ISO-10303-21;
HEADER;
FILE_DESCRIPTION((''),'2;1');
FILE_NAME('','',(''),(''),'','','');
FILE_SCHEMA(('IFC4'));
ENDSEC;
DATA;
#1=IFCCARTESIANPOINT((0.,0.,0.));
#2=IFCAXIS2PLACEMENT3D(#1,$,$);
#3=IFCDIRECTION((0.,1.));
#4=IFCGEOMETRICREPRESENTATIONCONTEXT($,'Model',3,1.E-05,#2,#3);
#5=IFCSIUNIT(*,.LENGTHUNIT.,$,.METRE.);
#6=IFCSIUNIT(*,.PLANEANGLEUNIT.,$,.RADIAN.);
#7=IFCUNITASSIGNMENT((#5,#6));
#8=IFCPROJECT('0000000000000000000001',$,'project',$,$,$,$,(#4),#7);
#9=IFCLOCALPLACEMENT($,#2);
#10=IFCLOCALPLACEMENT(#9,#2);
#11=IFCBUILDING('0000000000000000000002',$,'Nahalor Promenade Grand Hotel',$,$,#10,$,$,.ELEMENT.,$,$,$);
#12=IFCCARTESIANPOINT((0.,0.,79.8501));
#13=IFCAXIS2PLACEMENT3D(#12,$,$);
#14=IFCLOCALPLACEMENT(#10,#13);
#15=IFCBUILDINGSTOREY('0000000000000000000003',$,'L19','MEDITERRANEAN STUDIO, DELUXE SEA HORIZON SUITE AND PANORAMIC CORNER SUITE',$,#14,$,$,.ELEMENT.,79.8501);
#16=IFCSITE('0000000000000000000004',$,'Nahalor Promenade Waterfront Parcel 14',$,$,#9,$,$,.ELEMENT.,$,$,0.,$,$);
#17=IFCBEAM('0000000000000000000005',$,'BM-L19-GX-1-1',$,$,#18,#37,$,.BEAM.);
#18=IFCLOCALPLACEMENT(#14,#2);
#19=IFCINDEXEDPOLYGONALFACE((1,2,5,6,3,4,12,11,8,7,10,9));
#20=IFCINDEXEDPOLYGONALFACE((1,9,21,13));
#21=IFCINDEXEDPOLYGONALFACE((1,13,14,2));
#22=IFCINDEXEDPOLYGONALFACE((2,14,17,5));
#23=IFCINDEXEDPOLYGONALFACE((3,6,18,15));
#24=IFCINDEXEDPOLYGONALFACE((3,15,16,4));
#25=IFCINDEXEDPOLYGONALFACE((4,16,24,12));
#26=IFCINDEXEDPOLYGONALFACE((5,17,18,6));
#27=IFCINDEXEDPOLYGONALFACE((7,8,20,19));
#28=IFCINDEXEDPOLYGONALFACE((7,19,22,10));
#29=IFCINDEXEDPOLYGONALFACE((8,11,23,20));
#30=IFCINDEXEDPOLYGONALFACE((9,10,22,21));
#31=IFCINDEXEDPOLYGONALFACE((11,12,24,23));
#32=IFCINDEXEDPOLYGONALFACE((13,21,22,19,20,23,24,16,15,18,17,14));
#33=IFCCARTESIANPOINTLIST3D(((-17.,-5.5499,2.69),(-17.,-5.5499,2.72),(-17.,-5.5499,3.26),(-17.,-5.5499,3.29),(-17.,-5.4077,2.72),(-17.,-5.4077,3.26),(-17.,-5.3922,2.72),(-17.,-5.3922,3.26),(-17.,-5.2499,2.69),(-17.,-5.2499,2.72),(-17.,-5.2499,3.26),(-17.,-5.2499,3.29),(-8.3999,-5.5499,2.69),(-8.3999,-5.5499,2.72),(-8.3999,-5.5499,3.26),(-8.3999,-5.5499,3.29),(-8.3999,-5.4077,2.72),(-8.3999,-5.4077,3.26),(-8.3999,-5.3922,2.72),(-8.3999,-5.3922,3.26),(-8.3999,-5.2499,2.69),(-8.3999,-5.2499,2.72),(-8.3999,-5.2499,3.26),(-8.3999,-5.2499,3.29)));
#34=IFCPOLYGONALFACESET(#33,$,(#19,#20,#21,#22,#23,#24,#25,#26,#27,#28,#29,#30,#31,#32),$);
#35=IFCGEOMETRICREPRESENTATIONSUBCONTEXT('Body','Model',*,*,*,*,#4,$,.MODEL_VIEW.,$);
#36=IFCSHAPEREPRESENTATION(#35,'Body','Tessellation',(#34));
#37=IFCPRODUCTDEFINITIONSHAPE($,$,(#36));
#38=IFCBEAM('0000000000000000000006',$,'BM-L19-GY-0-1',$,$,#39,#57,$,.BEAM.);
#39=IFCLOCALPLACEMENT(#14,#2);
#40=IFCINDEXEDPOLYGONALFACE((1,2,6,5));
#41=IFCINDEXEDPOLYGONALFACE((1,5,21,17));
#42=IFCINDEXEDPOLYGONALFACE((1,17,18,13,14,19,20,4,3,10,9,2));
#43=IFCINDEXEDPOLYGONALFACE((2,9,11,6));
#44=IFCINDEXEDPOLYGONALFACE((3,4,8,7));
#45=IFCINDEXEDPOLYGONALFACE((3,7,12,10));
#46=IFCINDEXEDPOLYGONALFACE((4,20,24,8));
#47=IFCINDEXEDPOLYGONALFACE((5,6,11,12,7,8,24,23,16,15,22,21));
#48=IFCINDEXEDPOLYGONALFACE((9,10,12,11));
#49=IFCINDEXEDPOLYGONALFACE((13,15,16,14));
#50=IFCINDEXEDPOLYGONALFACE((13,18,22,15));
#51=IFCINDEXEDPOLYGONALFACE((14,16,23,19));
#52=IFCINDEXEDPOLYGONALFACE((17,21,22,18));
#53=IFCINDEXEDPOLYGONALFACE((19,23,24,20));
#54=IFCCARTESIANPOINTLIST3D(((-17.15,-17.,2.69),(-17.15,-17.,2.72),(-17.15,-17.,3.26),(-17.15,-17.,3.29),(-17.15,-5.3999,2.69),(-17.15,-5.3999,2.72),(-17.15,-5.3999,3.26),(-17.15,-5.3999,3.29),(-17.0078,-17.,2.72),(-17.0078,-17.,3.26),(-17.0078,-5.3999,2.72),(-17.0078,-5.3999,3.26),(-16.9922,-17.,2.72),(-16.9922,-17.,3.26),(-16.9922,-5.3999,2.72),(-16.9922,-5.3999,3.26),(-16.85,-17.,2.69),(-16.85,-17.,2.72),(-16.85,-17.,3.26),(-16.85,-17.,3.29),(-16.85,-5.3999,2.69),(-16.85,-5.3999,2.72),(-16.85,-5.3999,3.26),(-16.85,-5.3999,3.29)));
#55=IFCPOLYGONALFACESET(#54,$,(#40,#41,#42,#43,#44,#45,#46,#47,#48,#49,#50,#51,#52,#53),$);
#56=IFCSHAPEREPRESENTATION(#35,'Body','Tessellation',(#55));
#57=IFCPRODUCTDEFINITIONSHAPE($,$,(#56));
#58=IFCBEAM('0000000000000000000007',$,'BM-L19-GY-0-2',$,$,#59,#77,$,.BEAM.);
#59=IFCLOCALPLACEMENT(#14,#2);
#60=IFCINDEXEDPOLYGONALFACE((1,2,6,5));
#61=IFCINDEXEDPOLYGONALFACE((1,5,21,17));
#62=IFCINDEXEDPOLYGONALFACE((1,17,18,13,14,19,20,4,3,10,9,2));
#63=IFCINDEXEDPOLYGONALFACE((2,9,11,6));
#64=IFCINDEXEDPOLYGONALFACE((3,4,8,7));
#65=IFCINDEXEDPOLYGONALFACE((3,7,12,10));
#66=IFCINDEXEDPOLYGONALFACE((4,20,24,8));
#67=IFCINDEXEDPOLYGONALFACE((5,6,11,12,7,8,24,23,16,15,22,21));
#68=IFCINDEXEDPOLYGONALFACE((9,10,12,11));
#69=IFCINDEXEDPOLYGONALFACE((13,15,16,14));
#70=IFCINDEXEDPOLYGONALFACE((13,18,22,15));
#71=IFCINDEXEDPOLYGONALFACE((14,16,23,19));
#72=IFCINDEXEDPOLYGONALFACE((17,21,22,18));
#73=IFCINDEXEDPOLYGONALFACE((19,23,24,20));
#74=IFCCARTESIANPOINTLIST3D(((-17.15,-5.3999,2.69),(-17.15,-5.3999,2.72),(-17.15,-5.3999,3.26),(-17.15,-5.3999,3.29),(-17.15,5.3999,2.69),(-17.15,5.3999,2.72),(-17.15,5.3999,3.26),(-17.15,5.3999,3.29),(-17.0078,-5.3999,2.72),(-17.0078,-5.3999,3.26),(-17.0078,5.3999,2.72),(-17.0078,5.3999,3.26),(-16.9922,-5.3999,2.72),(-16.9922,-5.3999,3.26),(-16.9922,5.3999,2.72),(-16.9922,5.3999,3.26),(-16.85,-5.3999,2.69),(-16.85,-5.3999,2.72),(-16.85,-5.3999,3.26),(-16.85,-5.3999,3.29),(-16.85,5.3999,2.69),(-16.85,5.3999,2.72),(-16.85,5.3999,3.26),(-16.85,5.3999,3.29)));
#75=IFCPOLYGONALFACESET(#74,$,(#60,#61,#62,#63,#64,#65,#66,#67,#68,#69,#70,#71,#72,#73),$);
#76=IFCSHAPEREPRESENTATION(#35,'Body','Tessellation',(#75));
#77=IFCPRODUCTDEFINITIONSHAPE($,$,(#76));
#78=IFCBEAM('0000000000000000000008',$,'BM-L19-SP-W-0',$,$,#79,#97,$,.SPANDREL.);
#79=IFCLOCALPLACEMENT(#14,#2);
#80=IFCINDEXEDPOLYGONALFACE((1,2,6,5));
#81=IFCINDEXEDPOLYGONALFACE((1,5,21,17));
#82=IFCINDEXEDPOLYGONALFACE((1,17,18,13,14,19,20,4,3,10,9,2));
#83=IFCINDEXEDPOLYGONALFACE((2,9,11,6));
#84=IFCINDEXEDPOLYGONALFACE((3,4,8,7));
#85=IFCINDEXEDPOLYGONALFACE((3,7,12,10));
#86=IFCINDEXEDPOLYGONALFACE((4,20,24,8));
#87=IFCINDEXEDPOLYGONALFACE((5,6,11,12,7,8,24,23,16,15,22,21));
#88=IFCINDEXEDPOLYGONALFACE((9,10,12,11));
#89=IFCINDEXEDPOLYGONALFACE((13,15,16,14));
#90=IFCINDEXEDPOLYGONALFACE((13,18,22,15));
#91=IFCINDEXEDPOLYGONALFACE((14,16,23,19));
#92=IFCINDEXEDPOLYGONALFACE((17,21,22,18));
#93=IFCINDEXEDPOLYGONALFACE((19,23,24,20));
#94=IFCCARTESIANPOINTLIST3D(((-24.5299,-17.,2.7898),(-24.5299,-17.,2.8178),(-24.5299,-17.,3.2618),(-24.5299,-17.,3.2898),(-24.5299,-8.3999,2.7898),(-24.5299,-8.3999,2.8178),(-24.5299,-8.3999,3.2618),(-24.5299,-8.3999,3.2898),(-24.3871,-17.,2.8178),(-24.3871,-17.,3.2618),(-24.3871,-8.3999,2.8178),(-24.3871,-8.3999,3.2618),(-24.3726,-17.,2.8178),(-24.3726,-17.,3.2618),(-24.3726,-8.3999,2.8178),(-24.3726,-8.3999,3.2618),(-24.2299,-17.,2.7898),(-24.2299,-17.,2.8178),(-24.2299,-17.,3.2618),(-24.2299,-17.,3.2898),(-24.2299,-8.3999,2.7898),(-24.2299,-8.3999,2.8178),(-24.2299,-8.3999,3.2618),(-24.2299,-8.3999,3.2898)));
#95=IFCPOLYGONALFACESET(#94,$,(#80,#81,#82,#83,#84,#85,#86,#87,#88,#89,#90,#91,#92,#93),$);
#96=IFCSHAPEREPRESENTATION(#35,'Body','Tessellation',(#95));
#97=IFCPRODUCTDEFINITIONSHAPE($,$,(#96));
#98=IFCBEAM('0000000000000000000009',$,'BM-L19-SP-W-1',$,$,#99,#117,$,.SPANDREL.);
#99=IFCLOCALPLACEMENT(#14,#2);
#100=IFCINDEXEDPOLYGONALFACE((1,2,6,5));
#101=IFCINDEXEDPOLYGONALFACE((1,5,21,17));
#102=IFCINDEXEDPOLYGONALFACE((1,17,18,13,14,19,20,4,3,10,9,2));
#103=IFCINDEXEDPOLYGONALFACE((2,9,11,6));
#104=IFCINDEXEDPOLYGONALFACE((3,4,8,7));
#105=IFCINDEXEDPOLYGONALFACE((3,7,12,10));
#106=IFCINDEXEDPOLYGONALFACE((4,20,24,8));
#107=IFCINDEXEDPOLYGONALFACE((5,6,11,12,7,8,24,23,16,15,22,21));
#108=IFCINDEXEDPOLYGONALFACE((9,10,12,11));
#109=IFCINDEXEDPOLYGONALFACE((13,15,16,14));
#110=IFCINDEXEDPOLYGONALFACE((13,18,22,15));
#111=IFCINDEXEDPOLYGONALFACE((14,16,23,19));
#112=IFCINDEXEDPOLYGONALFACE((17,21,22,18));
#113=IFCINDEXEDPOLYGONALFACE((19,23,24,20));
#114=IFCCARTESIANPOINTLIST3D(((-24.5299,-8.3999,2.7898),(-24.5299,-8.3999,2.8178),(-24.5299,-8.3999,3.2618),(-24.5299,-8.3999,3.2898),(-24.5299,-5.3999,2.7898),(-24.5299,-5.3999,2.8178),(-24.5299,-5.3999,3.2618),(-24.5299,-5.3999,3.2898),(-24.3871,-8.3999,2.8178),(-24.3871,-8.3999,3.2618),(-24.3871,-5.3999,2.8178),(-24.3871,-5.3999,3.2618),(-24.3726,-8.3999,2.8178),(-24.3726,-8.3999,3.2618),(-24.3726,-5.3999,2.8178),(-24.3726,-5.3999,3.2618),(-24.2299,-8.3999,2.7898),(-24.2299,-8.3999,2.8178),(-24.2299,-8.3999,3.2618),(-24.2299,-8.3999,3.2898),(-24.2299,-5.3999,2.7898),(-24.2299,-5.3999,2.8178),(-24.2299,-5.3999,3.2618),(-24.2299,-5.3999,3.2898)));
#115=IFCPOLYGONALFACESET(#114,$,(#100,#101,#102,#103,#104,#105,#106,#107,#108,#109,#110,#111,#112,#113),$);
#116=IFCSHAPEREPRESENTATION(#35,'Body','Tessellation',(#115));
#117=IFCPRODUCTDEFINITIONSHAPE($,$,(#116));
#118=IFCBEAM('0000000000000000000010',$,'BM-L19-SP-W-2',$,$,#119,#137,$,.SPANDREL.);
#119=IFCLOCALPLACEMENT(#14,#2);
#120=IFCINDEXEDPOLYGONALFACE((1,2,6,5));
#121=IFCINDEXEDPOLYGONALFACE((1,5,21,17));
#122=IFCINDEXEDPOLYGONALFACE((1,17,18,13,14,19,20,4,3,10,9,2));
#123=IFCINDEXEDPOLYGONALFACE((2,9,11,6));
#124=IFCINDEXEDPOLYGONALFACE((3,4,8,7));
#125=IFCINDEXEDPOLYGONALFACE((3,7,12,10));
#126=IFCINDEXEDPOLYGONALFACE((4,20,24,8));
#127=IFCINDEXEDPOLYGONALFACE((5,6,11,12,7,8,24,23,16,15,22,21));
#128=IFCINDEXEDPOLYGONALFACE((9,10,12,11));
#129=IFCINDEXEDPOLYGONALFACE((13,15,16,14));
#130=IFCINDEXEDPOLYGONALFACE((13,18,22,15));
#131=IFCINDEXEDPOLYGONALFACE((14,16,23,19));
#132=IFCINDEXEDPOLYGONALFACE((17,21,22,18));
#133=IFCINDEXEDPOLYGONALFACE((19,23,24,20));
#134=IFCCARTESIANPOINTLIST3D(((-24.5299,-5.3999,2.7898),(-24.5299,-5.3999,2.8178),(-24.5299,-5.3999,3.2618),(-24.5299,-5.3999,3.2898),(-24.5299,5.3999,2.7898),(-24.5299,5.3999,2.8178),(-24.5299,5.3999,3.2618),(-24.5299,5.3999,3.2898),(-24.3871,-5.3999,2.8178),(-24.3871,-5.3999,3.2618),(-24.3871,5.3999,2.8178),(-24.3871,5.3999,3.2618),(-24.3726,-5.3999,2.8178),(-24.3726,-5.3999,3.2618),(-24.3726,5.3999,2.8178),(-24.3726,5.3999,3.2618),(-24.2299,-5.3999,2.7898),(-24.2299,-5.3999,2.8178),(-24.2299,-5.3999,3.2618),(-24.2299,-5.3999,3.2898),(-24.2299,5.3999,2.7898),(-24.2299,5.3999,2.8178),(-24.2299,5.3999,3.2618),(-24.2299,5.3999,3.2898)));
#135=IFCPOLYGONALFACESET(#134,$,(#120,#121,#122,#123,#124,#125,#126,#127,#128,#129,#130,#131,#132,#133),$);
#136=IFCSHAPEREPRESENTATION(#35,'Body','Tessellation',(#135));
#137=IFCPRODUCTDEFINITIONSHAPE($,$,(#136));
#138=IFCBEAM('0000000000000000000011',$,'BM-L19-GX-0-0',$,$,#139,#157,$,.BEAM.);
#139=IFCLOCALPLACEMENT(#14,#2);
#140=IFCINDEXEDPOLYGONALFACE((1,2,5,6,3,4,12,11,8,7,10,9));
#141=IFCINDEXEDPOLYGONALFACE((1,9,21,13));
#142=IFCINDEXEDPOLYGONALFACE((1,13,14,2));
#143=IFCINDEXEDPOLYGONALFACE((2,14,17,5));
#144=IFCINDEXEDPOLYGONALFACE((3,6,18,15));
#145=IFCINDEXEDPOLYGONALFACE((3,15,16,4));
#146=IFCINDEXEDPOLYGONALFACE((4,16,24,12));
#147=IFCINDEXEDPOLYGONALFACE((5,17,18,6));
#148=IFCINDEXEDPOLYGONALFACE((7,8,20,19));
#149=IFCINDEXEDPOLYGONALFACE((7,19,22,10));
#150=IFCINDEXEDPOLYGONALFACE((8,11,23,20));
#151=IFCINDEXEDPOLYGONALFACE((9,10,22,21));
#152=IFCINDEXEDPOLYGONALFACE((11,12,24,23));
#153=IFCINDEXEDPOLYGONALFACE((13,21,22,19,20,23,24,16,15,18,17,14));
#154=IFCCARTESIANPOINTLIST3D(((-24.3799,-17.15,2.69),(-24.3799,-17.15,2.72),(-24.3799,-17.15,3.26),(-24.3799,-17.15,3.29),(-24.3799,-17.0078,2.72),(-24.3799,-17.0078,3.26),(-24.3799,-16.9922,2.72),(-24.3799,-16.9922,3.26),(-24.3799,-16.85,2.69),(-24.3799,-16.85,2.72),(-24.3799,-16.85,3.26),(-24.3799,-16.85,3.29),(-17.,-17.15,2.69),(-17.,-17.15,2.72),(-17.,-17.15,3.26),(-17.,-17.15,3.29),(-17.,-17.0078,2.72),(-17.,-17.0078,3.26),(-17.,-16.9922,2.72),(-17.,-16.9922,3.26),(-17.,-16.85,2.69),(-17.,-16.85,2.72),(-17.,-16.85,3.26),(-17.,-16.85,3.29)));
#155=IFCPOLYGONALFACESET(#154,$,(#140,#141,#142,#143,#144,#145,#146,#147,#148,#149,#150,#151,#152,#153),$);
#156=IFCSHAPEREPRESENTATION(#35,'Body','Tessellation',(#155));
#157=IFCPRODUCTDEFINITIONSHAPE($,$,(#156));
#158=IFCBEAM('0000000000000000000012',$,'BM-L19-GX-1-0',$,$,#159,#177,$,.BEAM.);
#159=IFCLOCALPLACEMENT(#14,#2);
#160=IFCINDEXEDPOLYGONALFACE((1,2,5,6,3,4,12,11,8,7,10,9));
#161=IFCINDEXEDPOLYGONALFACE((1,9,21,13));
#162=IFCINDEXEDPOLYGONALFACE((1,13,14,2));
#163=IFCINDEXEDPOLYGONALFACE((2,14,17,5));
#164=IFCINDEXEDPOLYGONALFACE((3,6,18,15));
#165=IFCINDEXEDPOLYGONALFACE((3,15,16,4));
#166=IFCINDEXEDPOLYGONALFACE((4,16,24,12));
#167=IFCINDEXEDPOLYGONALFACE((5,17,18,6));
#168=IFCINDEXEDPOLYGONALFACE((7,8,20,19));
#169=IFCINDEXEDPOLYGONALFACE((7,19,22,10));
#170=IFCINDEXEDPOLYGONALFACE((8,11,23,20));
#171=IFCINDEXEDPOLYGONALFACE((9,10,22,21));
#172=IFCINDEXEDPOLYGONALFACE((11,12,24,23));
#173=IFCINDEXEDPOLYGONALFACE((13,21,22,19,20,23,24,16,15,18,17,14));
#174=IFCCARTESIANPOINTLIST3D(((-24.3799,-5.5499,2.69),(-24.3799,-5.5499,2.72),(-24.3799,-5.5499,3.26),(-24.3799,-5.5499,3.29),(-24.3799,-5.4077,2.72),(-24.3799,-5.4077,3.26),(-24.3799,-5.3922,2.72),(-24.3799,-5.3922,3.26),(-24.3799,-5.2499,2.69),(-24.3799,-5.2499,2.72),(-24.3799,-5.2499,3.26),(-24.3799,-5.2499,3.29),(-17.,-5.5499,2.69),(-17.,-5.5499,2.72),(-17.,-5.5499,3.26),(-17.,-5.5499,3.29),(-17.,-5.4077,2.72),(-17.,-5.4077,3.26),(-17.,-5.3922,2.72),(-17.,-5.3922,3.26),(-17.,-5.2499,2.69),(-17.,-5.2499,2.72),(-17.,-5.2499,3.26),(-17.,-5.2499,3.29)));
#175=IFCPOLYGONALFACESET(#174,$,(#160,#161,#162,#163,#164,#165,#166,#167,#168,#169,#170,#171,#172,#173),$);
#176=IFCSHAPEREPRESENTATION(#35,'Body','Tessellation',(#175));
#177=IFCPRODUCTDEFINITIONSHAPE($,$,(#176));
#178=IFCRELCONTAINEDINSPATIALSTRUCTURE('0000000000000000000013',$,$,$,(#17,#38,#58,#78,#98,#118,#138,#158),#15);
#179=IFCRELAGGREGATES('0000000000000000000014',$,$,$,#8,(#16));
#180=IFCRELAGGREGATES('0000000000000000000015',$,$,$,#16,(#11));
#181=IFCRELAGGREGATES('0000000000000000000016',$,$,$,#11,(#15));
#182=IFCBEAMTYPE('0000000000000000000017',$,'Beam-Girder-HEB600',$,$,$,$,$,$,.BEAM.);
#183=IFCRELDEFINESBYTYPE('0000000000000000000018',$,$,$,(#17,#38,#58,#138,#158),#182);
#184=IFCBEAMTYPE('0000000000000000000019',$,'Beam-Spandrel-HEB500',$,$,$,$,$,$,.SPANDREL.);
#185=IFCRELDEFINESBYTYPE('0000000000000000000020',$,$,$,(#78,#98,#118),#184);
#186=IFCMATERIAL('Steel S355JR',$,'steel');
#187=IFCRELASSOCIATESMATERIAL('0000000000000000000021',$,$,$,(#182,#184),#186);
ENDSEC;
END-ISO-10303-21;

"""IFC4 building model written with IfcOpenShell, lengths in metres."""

from ifc_helpers import new_model, si_unit, direction, frame, origin, origin_2d, place, context, subcontext, project, spatial, i_section, extrude, source, transform, mapped, material, material_profile, profile_set, type_object, element, save


model = new_model("IFC4")

# Units and contexts
model_context = context("Model", 3, precision=1e-05, world=origin(), true_north=direction((0.0, 1.0)))
body_context = subcontext(model_context, "Body", "Model", "MODEL_VIEW")
ifc_project = project(units=[si_unit("LENGTHUNIT", "METRE"), si_unit("PLANEANGLEUNIT", "RADIAN")], contexts=[model_context])

# Site, building, storey
site_placement = place(None, origin())
site = spatial("IfcSite", under=ifc_project, at=site_placement, Name="Nahalor Promenade Waterfront Parcel 14", CompositionType="ELEMENT", RefElevation=0.0)
building_placement = place(site_placement, origin())
building = spatial("IfcBuilding", under=site, at=building_placement, Name="Nahalor Promenade Grand Hotel", CompositionType="ELEMENT")
storey_placement = place(building_placement, frame((0.0, 0.0, 79.8501)))
storey = spatial("IfcBuildingStorey", under=building, at=storey_placement, Name="L19", Description="MEDITERRANEAN STUDIO, DELUXE SEA HORIZON SUITE AND PANORAMIC CORNER SUITE", CompositionType="ELEMENT", Elevation=79.8501)

# Beams
ifc_material_1 = material(Name="Steel S355JR", Category="steel")
ifc_material_profile_1 = material_profile(ifc_material_1, i_section(OverallWidth=0.3, OverallDepth=0.6, WebThickness=0.0155, FlangeThickness=0.03, at=origin_2d()), Name="HEB 600")
ifc_profile_set_1 = profile_set([ifc_material_profile_1], Name="Steel S355JR")
beam_type_1 = type_object("IfcBeamType", Name="Beam-Girder-HEB600", PredefinedType="BEAM", material=ifc_profile_set_1)
shared_shape_1 = source(origin(), body_context, "Body", "SweptSolid", [
    extrude(i_section(OverallWidth=0.3, OverallDepth=0.6, WebThickness=0.0155, FlangeThickness=0.03, at=origin_2d()), origin(), (0.0, 0.0, 1.0), 8.6001),
])
for number, where, z_axis, x_axis, name in (
    (1, (-17.0, -5.3999, 2.99), (1.0, 0.0, 0.0), (0.0, 1.0, 0.0), "BM-L19-GX-1-1"),
):
    element("IfcBeam", number, at=place(storey_placement, frame(where, z_axis=z_axis, x_axis=x_axis)), inside=storey, type_object=beam_type_1, Name=name, PredefinedType="BEAM", context=body_context, shape_type="MappedRepresentation", body=[
        mapped(shared_shape_1, transform((0.0, 0.0, 0.0), scale=1.0)),
    ])
shared_shape_2 = source(origin(), body_context, "Body", "SweptSolid", [
    extrude(i_section(OverallWidth=0.3, OverallDepth=0.6, WebThickness=0.0155, FlangeThickness=0.03, at=origin_2d()), origin(), (0.0, 0.0, 1.0), 11.6001),
])
beam_1_placement = place(storey_placement, frame((-17.0, -17.0, 2.99), z_axis=(0.0, 1.0, 0.0), x_axis=(-1.0, 0.0, 0.0)))
element("IfcBeam", 2, at=beam_1_placement, inside=storey, type_object=beam_type_1, Name="BM-L19-GY-0-1", PredefinedType="BEAM", context=body_context, shape_type="MappedRepresentation", body=[
    mapped(shared_shape_2, transform((0.0, 0.0, 0.0), scale=1.0)),
])
shared_shape_3 = source(origin(), body_context, "Body", "SweptSolid", [
    extrude(i_section(OverallWidth=0.3, OverallDepth=0.6, WebThickness=0.0155, FlangeThickness=0.03, at=origin_2d()), origin(), (0.0, 0.0, 1.0), 10.7998),
])
beam_2_placement = place(storey_placement, frame((-17.0, -5.3999, 2.99), z_axis=(0.0, 1.0, 0.0), x_axis=(-1.0, 0.0, 0.0)))
element("IfcBeam", 3, at=beam_2_placement, inside=storey, type_object=beam_type_1, Name="BM-L19-GY-0-2", PredefinedType="BEAM", context=body_context, shape_type="MappedRepresentation", body=[
    mapped(shared_shape_3, transform((0.0, 0.0, 0.0), scale=1.0)),
])
ifc_material_profile_2 = material_profile(ifc_material_1, i_section(OverallWidth=0.3, OverallDepth=0.5, WebThickness=0.0145, FlangeThickness=0.028, at=origin_2d()), Name="HEB 500")
ifc_profile_set_2 = profile_set([ifc_material_profile_2], Name="Steel S355JR")
beam_type_2 = type_object("IfcBeamType", Name="Beam-Spandrel-HEB500", PredefinedType="SPANDREL", material=ifc_profile_set_2)
shared_shape_4 = source(origin(), body_context, "Body", "SweptSolid", [
    extrude(i_section(OverallWidth=0.3, OverallDepth=0.5, WebThickness=0.0145, FlangeThickness=0.028, at=origin_2d()), origin(), (0.0, 0.0, 1.0), 8.6001),
])
beam_3_placement = place(storey_placement, frame((-24.3799, -17.0, 3.0398), z_axis=(0.0, 1.0, 0.0), x_axis=(-1.0, 0.0, 0.0)))
element("IfcBeam", 4, at=beam_3_placement, inside=storey, type_object=beam_type_2, Name="BM-L19-SP-W-0", PredefinedType="SPANDREL", context=body_context, shape_type="MappedRepresentation", body=[
    mapped(shared_shape_4, transform((0.0, 0.0, 0.0), scale=1.0)),
])
shared_shape_5 = source(origin(), body_context, "Body", "SweptSolid", [
    extrude(i_section(OverallWidth=0.3, OverallDepth=0.5, WebThickness=0.0145, FlangeThickness=0.028, at=origin_2d()), origin(), (0.0, 0.0, 1.0), 3.0),
])
beam_4_placement = place(storey_placement, frame((-24.3799, -8.3999, 3.0398), z_axis=(0.0, 1.0, 0.0), x_axis=(-1.0, 0.0, 0.0)))
element("IfcBeam", 5, at=beam_4_placement, inside=storey, type_object=beam_type_2, Name="BM-L19-SP-W-1", PredefinedType="SPANDREL", context=body_context, shape_type="MappedRepresentation", body=[
    mapped(shared_shape_5, transform((0.0, 0.0, 0.0), scale=1.0)),
])
shared_shape_6 = source(origin(), body_context, "Body", "SweptSolid", [
    extrude(i_section(OverallWidth=0.3, OverallDepth=0.5, WebThickness=0.0145, FlangeThickness=0.028, at=origin_2d()), origin(), (0.0, 0.0, 1.0), 10.7998),
])
beam_5_placement = place(storey_placement, frame((-24.3799, -5.3999, 3.0398), z_axis=(0.0, 1.0, 0.0), x_axis=(-1.0, 0.0, 0.0)))
element("IfcBeam", 6, at=beam_5_placement, inside=storey, type_object=beam_type_2, Name="BM-L19-SP-W-2", PredefinedType="SPANDREL", context=body_context, shape_type="MappedRepresentation", body=[
    mapped(shared_shape_6, transform((0.0, 0.0, 0.0), scale=1.0)),
])
shared_shape_7 = source(origin(), body_context, "Body", "SweptSolid", [
    extrude(i_section(OverallWidth=0.3, OverallDepth=0.6, WebThickness=0.0155, FlangeThickness=0.03, at=origin_2d()), origin(), (0.0, 0.0, 1.0), 7.3799),
])
for number, where, z_axis, x_axis, name in (
    (7, (-24.3799, -17.0, 2.99), (1.0, 0.0, 0.0), (0.0, 1.0, 0.0), "BM-L19-GX-0-0"),
    (8, (-24.3799, -5.3999, 2.99), (1.0, 0.0, 0.0), (0.0, 1.0, 0.0), "BM-L19-GX-1-0"),
):
    element("IfcBeam", number, at=place(storey_placement, frame(where, z_axis=z_axis, x_axis=x_axis)), inside=storey, type_object=beam_type_1, Name=name, PredefinedType="BEAM", context=body_context, shape_type="MappedRepresentation", body=[
        mapped(shared_shape_7, transform((0.0, 0.0, 0.0), scale=1.0)),
    ])

save(model, "model.ifc")
